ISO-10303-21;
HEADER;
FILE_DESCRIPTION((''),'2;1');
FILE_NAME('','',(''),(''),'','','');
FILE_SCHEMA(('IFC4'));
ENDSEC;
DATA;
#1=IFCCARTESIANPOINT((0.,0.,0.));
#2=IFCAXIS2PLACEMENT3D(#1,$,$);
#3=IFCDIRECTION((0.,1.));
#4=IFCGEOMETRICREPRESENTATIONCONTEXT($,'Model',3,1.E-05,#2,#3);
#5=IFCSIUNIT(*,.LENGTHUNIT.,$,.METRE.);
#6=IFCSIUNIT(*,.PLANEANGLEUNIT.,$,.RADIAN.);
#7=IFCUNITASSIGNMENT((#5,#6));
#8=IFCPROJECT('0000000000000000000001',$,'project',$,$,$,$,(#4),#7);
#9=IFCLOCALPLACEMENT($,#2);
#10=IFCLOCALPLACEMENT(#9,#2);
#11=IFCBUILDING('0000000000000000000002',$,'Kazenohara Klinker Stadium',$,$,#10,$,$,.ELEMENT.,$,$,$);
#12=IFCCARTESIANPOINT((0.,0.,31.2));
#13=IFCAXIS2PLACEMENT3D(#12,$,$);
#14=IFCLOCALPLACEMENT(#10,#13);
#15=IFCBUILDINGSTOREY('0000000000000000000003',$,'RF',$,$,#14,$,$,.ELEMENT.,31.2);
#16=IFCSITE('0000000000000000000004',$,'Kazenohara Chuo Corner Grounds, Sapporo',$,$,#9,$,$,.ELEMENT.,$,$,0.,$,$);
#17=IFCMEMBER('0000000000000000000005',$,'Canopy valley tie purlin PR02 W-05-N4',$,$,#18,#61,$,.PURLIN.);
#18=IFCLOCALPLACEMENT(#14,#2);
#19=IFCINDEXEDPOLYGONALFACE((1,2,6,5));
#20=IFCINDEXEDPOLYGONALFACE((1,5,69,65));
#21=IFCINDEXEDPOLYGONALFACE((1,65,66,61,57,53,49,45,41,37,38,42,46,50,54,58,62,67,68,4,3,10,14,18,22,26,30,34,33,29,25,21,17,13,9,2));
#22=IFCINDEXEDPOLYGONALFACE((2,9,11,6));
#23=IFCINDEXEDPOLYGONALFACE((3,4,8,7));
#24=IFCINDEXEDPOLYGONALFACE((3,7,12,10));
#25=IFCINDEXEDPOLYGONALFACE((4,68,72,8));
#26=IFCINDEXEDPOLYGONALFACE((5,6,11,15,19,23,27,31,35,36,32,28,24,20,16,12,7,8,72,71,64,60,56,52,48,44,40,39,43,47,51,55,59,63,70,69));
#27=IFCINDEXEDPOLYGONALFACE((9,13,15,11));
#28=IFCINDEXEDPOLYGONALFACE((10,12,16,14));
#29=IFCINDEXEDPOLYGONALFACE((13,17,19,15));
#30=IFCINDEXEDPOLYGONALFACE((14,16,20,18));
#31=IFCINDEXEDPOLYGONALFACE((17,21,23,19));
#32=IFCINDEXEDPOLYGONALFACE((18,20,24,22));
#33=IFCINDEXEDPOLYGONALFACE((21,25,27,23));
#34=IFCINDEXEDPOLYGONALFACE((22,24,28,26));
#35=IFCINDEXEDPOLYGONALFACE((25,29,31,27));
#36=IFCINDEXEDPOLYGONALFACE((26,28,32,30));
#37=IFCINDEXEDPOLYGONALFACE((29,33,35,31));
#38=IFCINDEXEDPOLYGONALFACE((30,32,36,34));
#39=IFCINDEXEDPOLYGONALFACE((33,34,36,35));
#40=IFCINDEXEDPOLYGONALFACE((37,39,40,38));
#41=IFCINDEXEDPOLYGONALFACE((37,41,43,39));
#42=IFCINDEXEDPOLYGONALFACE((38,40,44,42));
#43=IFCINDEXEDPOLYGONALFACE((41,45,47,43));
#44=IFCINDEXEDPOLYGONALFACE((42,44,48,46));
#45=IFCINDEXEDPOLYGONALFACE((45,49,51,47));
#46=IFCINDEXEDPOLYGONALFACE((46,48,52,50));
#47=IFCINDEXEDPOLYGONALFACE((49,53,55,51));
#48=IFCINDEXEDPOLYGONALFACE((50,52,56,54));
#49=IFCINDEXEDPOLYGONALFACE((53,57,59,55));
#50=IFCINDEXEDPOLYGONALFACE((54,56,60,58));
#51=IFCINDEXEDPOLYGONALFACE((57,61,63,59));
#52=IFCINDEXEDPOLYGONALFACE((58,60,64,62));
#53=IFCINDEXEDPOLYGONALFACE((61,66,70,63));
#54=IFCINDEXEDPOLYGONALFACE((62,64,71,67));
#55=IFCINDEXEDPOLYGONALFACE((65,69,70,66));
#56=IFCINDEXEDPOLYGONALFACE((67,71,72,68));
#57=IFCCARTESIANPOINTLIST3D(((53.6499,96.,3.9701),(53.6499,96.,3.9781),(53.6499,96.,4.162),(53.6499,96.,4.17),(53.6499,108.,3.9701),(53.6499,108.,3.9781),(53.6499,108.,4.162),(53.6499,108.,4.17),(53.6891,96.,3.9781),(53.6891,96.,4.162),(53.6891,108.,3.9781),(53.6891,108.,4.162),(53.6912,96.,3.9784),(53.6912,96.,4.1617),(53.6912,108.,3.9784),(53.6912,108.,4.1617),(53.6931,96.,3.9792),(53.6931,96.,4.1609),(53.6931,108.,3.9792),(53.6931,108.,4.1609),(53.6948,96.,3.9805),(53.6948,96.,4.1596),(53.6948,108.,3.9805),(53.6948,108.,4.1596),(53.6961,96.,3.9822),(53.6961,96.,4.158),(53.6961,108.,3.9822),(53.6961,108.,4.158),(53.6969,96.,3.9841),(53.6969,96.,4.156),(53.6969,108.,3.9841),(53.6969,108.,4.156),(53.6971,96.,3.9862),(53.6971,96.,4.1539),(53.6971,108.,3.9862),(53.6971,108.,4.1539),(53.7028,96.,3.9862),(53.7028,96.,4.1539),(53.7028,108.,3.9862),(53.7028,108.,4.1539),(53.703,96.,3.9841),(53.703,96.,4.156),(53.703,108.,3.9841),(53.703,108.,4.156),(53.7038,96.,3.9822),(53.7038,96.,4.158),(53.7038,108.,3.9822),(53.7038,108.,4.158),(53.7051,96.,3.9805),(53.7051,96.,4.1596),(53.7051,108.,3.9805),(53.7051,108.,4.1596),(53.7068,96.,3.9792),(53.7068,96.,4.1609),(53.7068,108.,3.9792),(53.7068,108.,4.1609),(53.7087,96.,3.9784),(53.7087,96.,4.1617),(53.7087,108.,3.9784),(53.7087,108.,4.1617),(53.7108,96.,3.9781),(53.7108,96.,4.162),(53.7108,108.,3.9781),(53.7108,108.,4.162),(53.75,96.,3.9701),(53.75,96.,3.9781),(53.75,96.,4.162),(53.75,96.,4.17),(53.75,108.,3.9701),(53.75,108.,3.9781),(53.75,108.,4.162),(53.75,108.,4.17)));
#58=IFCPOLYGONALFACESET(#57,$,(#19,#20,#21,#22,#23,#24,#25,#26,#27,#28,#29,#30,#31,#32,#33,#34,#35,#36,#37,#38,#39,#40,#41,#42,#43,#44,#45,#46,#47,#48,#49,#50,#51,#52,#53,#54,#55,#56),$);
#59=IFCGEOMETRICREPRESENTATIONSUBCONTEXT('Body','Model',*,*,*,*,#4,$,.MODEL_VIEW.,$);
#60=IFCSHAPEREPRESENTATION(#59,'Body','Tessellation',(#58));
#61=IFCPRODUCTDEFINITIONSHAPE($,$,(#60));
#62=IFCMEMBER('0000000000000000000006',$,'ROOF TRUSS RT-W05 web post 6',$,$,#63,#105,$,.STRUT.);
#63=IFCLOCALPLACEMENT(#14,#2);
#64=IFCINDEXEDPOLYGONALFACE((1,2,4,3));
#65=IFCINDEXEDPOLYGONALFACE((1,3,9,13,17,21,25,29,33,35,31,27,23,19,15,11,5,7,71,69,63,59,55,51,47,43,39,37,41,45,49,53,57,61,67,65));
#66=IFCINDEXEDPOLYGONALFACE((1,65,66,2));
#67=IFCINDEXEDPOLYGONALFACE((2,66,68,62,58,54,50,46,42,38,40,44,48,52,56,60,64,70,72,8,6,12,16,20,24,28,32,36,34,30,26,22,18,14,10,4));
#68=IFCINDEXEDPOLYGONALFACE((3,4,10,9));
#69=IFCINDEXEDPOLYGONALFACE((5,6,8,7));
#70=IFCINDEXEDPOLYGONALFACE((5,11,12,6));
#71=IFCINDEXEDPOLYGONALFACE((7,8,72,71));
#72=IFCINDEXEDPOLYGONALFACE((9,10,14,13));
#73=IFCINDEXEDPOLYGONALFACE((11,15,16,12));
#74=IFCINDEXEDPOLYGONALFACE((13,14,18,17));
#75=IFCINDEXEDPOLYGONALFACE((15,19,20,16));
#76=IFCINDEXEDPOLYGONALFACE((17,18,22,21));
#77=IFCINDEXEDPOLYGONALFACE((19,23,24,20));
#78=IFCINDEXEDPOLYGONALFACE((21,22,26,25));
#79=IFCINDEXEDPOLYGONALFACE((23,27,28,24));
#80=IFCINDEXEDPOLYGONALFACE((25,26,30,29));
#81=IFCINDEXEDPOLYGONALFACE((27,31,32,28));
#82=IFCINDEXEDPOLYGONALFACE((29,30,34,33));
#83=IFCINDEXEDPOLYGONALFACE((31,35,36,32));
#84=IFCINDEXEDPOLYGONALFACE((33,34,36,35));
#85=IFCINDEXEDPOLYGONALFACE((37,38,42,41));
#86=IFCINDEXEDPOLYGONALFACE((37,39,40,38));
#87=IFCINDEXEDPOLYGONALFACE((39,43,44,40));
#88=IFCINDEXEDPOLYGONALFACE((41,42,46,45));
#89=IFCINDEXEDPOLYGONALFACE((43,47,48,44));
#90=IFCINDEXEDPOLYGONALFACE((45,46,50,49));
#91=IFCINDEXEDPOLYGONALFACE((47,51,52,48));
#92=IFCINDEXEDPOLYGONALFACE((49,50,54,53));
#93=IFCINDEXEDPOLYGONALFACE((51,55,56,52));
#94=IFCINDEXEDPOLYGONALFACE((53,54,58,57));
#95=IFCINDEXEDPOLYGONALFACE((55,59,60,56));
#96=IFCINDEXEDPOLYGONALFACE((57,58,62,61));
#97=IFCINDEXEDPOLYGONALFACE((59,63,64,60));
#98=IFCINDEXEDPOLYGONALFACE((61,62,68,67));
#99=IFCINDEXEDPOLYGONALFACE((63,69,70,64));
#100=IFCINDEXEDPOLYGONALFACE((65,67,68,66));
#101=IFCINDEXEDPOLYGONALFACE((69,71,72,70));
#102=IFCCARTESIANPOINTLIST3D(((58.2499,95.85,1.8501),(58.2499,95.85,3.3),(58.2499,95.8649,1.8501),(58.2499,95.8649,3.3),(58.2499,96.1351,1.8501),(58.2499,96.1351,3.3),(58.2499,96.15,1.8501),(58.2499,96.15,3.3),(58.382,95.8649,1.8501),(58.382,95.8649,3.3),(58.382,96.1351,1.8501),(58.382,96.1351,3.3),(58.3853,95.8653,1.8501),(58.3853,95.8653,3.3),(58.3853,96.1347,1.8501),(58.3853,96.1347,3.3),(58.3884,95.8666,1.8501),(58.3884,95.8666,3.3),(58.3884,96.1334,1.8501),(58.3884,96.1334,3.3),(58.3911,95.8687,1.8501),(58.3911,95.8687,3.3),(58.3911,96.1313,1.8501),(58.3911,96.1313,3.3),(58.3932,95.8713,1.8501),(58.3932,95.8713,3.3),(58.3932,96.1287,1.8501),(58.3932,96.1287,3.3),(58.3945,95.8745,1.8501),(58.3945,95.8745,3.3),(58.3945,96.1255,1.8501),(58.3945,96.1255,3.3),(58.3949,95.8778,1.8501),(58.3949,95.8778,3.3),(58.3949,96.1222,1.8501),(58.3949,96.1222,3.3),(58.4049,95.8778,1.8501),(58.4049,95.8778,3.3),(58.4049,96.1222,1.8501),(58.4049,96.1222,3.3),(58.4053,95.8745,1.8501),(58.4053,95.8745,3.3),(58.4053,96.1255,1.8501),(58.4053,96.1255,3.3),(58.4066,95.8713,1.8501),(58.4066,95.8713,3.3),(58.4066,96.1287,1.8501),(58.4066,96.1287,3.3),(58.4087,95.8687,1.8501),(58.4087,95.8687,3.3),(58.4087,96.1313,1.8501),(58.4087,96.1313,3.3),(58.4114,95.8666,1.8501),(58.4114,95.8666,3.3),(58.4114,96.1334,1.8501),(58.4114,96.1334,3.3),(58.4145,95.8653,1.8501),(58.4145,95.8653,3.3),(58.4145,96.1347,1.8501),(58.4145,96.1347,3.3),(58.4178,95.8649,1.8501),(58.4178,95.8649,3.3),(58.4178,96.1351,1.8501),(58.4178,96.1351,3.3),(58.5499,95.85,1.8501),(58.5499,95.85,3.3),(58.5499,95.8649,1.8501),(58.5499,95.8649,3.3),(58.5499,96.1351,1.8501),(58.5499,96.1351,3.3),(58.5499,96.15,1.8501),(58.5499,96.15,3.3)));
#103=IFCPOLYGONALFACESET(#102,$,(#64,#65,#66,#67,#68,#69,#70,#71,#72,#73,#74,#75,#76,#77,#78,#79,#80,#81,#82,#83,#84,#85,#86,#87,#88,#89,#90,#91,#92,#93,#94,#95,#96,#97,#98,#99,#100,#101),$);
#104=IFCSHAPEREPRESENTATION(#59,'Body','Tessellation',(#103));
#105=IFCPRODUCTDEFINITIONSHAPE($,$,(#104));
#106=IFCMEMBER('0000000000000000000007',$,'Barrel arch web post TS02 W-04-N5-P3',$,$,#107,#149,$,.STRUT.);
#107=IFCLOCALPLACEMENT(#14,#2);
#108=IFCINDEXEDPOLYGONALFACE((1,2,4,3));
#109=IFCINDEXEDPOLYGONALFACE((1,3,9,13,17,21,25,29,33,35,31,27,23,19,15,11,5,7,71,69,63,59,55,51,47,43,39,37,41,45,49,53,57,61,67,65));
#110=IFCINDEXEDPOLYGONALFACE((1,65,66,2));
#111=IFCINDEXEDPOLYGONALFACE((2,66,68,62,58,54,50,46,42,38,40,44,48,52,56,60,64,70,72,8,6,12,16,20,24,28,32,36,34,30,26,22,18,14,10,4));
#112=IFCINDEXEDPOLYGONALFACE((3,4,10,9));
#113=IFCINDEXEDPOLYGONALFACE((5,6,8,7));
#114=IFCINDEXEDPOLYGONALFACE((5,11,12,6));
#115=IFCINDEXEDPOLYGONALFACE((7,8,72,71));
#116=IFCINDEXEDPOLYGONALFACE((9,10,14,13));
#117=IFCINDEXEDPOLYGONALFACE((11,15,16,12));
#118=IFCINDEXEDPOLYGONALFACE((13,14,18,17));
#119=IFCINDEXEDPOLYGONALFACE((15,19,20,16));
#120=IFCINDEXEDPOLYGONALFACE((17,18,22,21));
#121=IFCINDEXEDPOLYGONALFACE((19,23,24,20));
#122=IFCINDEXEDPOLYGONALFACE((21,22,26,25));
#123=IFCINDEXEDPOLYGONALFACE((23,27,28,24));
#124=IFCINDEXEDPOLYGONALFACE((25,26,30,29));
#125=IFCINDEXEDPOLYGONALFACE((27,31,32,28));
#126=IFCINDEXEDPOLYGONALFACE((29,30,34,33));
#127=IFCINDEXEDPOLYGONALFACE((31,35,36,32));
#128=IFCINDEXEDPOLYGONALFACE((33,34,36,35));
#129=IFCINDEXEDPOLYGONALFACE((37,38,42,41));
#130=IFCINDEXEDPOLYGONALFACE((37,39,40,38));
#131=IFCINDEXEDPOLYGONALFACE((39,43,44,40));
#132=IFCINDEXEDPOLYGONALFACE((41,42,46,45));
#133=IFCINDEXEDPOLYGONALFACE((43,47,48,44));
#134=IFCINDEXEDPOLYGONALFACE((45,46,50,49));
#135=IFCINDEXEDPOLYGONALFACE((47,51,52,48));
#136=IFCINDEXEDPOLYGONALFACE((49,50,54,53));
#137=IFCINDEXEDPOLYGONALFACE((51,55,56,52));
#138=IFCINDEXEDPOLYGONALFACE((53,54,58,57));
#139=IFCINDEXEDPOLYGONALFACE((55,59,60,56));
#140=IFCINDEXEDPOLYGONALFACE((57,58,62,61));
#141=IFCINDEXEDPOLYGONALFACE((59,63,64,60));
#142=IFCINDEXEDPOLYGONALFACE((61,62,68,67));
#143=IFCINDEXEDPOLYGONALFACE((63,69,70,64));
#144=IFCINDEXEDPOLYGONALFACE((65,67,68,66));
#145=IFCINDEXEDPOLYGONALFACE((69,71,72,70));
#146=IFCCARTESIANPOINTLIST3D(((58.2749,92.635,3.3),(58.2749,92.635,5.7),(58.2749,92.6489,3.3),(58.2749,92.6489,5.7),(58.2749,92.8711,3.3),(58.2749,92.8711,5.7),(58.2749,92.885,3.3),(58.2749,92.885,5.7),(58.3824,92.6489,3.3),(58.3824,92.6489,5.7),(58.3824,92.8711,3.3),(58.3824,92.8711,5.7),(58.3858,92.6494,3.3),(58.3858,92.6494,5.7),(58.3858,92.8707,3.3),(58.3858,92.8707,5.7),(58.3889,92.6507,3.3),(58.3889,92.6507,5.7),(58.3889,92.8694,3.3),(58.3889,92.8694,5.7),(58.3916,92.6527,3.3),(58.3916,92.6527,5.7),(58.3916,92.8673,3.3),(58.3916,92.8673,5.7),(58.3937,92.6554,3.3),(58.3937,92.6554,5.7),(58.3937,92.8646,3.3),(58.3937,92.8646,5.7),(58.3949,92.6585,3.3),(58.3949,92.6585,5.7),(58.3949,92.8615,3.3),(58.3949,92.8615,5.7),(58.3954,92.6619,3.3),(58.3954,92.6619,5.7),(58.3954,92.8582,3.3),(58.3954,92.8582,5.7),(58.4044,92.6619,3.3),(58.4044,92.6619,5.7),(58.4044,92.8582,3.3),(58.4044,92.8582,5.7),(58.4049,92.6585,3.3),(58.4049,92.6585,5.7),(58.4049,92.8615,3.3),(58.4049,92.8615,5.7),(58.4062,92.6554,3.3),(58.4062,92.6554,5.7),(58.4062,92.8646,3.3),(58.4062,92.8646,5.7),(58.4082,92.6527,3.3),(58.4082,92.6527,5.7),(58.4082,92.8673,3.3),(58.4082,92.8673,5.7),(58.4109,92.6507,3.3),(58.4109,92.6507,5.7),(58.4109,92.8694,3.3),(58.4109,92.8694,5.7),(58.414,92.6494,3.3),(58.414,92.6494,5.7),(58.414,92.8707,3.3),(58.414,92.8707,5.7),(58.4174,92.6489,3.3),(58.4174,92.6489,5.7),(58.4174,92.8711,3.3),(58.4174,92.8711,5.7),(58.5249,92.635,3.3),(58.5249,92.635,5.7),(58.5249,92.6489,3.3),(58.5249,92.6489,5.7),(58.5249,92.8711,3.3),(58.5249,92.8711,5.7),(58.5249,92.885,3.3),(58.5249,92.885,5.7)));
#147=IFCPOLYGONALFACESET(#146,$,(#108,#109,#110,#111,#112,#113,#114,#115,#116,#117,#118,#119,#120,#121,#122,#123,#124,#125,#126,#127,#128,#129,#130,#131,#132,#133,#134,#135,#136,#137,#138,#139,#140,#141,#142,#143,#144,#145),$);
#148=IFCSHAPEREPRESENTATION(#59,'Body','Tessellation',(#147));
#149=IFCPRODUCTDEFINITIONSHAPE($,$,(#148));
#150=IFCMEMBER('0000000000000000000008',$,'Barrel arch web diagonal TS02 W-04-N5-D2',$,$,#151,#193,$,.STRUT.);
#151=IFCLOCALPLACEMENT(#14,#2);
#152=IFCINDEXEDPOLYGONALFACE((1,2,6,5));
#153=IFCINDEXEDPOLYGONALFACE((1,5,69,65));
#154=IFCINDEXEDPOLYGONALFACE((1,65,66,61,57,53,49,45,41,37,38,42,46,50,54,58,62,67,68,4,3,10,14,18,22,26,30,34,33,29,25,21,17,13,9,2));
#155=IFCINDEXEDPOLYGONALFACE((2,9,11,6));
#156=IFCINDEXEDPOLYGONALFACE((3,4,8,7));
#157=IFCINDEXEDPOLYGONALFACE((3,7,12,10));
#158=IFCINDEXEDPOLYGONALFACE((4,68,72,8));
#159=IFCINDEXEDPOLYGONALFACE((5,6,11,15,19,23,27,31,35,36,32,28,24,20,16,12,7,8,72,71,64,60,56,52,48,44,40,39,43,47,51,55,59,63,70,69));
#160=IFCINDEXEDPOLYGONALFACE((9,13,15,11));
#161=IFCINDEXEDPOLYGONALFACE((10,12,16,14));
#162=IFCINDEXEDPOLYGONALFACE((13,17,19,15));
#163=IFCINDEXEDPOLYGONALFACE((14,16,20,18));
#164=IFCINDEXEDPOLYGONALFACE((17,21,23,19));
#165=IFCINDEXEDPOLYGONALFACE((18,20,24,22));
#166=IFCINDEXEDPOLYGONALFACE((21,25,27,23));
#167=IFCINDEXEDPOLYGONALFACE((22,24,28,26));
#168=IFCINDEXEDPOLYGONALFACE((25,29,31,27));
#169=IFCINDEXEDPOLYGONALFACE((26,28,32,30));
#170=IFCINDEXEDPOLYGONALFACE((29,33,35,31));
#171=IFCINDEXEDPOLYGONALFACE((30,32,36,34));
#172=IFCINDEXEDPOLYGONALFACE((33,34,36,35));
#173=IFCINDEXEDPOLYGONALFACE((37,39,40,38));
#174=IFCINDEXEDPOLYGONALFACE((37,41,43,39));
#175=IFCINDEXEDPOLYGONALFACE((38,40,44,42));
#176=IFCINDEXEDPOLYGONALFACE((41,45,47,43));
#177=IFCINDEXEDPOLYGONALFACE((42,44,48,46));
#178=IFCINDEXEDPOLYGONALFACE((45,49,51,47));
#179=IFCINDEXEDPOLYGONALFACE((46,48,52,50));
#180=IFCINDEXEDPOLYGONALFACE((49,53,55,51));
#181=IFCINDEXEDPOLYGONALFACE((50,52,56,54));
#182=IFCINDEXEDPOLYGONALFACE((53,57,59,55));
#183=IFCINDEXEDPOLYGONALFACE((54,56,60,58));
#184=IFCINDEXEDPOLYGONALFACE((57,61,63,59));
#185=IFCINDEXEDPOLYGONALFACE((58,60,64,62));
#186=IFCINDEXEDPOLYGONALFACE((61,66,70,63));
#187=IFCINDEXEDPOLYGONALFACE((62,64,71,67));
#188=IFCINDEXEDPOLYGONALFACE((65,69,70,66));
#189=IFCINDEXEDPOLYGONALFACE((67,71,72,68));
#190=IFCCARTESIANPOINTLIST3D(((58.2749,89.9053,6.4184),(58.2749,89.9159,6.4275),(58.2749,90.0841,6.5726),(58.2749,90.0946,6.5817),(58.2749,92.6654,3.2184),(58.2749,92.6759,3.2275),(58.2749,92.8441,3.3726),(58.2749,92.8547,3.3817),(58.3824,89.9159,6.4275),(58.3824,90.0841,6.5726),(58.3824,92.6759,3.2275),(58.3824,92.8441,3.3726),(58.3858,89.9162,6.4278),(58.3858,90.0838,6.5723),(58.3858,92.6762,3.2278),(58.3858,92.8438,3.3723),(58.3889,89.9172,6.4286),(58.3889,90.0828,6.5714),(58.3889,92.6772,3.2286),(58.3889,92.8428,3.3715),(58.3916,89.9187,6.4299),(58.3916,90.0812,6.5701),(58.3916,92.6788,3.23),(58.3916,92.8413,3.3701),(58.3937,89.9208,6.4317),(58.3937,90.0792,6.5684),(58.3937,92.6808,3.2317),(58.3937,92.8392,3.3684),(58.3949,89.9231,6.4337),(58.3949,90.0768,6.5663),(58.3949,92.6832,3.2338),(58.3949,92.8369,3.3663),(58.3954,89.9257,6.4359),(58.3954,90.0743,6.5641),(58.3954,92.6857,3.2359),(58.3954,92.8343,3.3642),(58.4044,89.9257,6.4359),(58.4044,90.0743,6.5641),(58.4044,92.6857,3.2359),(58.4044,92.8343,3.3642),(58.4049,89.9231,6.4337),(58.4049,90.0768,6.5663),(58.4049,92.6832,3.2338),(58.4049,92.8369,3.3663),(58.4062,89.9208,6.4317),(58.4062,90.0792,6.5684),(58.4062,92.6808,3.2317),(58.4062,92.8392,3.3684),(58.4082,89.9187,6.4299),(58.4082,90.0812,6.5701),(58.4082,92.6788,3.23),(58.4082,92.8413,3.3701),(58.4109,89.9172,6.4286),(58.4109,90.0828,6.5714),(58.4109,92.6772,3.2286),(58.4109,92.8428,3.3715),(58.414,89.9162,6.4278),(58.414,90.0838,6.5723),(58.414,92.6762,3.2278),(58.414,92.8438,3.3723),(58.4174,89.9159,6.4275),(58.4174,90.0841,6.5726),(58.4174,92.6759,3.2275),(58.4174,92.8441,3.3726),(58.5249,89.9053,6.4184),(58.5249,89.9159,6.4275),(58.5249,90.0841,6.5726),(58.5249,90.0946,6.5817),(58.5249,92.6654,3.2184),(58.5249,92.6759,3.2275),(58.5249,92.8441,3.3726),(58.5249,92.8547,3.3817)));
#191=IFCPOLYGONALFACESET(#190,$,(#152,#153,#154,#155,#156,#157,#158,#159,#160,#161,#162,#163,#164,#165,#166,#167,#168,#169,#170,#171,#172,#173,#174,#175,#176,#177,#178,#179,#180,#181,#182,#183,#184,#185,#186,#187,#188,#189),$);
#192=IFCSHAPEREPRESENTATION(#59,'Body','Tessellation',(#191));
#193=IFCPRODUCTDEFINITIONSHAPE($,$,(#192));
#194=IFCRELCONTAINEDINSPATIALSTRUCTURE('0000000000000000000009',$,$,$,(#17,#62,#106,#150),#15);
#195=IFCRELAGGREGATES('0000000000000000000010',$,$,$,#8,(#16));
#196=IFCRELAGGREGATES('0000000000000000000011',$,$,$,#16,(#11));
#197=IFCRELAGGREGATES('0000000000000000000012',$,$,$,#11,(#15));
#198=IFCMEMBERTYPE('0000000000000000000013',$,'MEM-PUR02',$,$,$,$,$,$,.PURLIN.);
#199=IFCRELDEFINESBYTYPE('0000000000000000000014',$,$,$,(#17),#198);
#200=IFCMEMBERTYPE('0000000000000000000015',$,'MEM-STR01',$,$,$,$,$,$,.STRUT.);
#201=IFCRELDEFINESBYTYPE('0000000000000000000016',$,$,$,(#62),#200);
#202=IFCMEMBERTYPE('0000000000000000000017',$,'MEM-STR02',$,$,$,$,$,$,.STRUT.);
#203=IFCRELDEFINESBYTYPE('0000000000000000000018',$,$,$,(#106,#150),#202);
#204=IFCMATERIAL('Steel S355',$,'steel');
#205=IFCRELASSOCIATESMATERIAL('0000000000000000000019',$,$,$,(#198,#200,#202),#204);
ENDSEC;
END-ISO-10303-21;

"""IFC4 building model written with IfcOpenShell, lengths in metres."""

from ifc_helpers import new_model, si_unit, direction, frame, origin, origin_2d, place, context, subcontext, project, spatial, i_section, extrude, material, material_profile, profile_set, type_object, element, save


model = new_model("IFC4")

# Units and contexts
model_context = context("Model", 3, precision=1e-05, world=origin(), true_north=direction((0.0, 1.0)))
body_context = subcontext(model_context, "Body", "Model", "MODEL_VIEW")
ifc_project = project(units=[si_unit("LENGTHUNIT", "METRE"), si_unit("PLANEANGLEUNIT", "RADIAN")], contexts=[model_context])

# Site, building, storey
site_placement = place(None, origin())
site = spatial("IfcSite", under=ifc_project, at=site_placement, Name="Kazenohara Chuo Corner Grounds, Sapporo", CompositionType="ELEMENT", RefElevation=0.0)
building_placement = place(site_placement, origin())
building = spatial("IfcBuilding", under=site, at=building_placement, Name="Kazenohara Klinker Stadium", CompositionType="ELEMENT")
storey_placement = place(building_placement, frame((0.0, 0.0, 31.2)))
storey = spatial("IfcBuildingStorey", under=building, at=storey_placement, Name="RF", CompositionType="ELEMENT", Elevation=31.2)

# Members
ifc_material = material(Name="Steel S355", Category="steel")
ifc_material_profile_1 = material_profile(ifc_material, i_section(OverallWidth=0.1001, OverallDepth=0.2, WebThickness=0.0056, FlangeThickness=0.0081, FilletRadius=0.0081, at=origin_2d()), Name="H-200x100x5.5x8")
ifc_profile_set_1 = profile_set([ifc_material_profile_1], Name="Steel S355")
member_type_1 = type_object("IfcMemberType", Name="MEM-PUR02", PredefinedType="PURLIN", material=ifc_profile_set_1)
member_1_placement = place(storey_placement, frame((53.7, 96.0, 4.0701), z_axis=(0.0, 1.0, 0.0), x_axis=(-1.0, 0.0, 0.0)))
element("IfcMember", 1, at=member_1_placement, inside=storey, type_object=member_type_1, Name="Canopy valley tie purlin PR02 W-05-N4", PredefinedType="PURLIN", context=body_context, shape_type="SweptSolid", body=[
    extrude(i_section(OverallWidth=0.1001, OverallDepth=0.2, WebThickness=0.0056, FlangeThickness=0.0081, FilletRadius=0.0081, at=origin_2d()), origin(), (0.0, 0.0, 1.0), 12.0),
])
ifc_material_profile_2 = material_profile(ifc_material, i_section(OverallWidth=0.3, OverallDepth=0.3, WebThickness=0.01, FlangeThickness=0.0149, FilletRadius=0.0129, at=origin_2d()), Name="H-300x300x10x15")
ifc_profile_set_2 = profile_set([ifc_material_profile_2], Name="Steel S355")
member_type_2 = type_object("IfcMemberType", Name="MEM-STR01", PredefinedType="STRUT", material=ifc_profile_set_2)
member_2_placement = place(storey_placement, frame((58.3999, 96.0, 1.8501), z_axis=(0.0, 0.0, 1.0), x_axis=(1.0, 0.0, 0.0)))
element("IfcMember", 2, at=member_2_placement, inside=storey, type_object=member_type_2, Name="ROOF TRUSS RT-W05 web post 6", PredefinedType="STRUT", context=body_context, shape_type="SweptSolid", body=[
    extrude(i_section(OverallWidth=0.3, OverallDepth=0.3, WebThickness=0.01, FlangeThickness=0.0149, FilletRadius=0.0129, at=origin_2d()), origin(), (0.0, 0.0, 1.0), 1.45),
])
ifc_material_profile_3 = material_profile(ifc_material, i_section(OverallWidth=0.25, OverallDepth=0.25, WebThickness=0.009, FlangeThickness=0.0139, FilletRadius=0.0129, at=origin_2d()), Name="H-250x250x9x14")
ifc_profile_set_3 = profile_set([ifc_material_profile_3], Name="Steel S355")
member_type_3 = type_object("IfcMemberType", Name="MEM-STR02", PredefinedType="STRUT", material=ifc_profile_set_3)
member_3_placement = place(storey_placement, frame((58.3999, 92.76, 3.3), z_axis=(0.0, 0.0, 1.0), x_axis=(1.0, 0.0, 0.0)))
element("IfcMember", 3, at=member_3_placement, inside=storey, type_object=member_type_3, Name="Barrel arch web post TS02 W-04-N5-P3", PredefinedType="STRUT", context=body_context, shape_type="SweptSolid", body=[
    extrude(i_section(OverallWidth=0.25, OverallDepth=0.25, WebThickness=0.009, FlangeThickness=0.0139, FilletRadius=0.0129, at=origin_2d()), origin(), (0.0, 0.0, 1.0), 2.3999),
])
member_4_placement = place(storey_placement, frame((58.3999, 92.76, 3.3), z_axis=(0.0, -0.653134, 0.757242), x_axis=(1.0, 0.0, 0.0)))
element("IfcMember", 4, at=member_4_placement, inside=storey, type_object=member_type_3, Name="Barrel arch web diagonal TS02 W-04-N5-D2", PredefinedType="STRUT", context=body_context, shape_type="SweptSolid", body=[
    extrude(i_section(OverallWidth=0.25, OverallDepth=0.25, WebThickness=0.009, FlangeThickness=0.0139, FilletRadius=0.0129, at=origin_2d()), origin(), (0.0, 0.0, 1.0), 4.2258),
])

save(model, "model.ifc")
